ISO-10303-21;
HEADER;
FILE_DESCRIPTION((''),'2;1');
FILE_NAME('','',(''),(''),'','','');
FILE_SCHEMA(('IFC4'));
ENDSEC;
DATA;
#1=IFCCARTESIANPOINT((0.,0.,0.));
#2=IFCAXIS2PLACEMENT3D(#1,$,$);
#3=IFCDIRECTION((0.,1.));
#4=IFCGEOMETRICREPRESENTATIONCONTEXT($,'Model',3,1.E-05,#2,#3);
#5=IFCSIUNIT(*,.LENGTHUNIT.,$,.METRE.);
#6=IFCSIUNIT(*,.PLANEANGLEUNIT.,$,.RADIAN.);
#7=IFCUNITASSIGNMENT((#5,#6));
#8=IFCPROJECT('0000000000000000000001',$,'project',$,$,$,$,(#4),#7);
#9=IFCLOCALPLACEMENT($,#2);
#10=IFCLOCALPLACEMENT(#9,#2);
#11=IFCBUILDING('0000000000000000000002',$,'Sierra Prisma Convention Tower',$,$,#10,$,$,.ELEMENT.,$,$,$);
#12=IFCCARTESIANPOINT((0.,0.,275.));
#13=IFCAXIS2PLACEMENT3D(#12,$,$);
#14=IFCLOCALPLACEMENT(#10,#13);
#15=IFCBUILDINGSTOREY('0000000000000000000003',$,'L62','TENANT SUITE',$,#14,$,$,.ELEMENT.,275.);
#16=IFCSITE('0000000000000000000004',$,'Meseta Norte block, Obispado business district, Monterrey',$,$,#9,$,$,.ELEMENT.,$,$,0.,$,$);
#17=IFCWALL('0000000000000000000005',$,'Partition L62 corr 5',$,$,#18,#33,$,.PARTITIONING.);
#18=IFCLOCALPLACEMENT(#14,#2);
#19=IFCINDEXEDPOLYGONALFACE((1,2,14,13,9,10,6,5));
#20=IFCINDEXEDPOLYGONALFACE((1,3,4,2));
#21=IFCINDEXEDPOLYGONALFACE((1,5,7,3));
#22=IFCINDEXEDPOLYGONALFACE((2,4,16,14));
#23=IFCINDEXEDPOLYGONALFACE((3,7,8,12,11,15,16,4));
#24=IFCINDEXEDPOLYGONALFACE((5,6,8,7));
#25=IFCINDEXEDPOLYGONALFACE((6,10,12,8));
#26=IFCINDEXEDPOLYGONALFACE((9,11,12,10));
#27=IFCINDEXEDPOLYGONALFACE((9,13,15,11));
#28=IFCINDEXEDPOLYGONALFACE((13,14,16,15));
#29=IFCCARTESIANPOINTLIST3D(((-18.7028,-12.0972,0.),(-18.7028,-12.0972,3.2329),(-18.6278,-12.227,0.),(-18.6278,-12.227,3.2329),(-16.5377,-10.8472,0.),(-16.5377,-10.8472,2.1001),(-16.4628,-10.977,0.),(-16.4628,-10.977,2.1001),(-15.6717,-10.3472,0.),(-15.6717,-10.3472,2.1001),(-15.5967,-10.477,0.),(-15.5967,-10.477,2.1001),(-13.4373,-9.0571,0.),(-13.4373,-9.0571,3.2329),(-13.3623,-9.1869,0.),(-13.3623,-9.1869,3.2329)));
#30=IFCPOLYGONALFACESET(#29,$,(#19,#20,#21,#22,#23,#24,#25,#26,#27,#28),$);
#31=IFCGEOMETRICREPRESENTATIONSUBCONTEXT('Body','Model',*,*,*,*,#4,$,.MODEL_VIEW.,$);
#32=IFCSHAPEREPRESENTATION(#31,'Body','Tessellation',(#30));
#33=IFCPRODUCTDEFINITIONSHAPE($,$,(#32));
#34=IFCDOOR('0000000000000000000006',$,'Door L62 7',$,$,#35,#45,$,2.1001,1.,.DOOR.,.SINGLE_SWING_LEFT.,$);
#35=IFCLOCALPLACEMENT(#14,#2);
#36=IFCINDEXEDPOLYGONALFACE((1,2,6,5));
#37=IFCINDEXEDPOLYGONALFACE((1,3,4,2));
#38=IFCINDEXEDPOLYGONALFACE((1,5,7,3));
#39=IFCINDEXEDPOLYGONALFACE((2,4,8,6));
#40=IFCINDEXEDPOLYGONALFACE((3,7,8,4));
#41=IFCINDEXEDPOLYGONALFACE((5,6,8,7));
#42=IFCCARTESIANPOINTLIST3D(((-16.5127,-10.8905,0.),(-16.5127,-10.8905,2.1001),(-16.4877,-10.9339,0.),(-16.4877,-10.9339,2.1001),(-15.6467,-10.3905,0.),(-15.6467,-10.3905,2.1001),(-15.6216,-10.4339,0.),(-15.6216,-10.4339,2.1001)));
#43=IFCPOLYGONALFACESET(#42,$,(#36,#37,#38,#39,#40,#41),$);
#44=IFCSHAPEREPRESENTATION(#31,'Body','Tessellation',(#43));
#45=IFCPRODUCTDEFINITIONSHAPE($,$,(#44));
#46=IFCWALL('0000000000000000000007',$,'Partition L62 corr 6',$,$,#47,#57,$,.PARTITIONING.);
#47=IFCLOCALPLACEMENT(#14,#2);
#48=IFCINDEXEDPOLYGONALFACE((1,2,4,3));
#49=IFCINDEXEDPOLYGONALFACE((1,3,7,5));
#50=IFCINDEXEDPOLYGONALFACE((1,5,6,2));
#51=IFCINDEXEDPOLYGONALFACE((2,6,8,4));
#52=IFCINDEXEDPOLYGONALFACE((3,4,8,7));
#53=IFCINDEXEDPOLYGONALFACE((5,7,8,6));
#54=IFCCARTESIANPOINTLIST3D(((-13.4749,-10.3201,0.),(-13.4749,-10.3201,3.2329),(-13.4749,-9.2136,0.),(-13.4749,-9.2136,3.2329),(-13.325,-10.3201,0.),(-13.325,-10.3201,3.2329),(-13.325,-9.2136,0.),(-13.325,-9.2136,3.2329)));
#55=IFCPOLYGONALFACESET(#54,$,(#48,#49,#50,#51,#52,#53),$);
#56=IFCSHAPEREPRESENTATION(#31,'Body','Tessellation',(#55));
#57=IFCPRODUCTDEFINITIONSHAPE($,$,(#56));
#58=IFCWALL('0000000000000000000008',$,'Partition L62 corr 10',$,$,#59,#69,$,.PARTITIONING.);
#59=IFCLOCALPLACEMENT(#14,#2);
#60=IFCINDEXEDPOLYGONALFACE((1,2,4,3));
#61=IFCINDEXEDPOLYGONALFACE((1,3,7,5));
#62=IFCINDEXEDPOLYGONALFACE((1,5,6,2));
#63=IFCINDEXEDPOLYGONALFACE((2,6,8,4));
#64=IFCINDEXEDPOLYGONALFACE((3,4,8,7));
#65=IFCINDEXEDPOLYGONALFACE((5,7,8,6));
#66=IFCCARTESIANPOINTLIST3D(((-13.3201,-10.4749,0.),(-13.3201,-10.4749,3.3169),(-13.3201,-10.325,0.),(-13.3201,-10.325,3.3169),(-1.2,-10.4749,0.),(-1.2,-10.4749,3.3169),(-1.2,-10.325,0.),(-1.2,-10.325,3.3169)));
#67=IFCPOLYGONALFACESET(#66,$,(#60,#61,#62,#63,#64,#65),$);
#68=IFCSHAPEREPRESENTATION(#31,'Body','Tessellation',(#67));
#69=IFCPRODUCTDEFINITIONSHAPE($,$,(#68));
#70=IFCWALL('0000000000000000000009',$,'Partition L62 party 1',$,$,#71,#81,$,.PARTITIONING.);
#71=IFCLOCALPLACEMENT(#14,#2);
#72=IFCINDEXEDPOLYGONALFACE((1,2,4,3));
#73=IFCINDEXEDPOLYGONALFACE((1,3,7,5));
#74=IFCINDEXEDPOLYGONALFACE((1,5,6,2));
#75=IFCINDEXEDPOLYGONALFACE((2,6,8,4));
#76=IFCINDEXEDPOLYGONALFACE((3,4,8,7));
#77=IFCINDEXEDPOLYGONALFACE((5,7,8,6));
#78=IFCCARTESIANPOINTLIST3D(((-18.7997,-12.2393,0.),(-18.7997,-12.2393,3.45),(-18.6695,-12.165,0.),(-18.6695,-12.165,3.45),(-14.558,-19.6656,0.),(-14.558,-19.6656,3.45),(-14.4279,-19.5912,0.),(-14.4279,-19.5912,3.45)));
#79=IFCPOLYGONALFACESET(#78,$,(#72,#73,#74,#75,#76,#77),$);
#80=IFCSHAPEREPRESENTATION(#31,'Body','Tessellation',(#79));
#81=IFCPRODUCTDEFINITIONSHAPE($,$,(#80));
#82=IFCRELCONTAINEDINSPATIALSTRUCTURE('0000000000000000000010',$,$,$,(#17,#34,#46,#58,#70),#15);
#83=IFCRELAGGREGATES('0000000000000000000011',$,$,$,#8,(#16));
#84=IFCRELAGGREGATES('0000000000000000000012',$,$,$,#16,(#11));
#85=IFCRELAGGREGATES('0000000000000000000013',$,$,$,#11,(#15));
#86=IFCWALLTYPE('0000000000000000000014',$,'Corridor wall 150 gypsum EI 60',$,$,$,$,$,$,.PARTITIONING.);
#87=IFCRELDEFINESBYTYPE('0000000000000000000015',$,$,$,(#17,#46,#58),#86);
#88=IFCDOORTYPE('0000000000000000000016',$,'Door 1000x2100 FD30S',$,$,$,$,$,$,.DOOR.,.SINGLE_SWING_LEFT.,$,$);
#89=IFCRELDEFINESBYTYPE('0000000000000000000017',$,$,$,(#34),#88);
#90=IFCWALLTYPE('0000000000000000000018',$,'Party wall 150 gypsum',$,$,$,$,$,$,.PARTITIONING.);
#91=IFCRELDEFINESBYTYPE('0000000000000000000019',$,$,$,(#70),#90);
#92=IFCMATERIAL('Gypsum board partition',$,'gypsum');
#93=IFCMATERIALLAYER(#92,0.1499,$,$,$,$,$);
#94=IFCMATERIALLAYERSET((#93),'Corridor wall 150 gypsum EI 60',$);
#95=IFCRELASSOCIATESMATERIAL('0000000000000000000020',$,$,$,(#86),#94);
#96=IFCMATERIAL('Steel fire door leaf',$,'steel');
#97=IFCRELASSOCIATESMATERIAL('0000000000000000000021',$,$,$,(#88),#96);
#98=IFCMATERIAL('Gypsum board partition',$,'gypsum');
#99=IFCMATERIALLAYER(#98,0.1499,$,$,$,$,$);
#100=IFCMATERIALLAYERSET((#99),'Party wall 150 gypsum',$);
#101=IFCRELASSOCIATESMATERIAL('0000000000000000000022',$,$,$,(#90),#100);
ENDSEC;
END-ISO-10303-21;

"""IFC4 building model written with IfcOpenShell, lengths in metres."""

from ifc_helpers import new_model, si_unit, direction, frame, frame_2d, origin, place, context, subcontext, project, spatial, rectangle, extrude, material, layer, layer_set, type_object, element, fill, save


model = new_model("IFC4")

# Units and contexts
model_context = context("Model", 3, precision=1e-05, world=origin(), true_north=direction((0.0, 1.0)))
body_context = subcontext(model_context, "Body", "Model", "MODEL_VIEW")
ifc_project = project(units=[si_unit("LENGTHUNIT", "METRE"), si_unit("PLANEANGLEUNIT", "RADIAN")], contexts=[model_context])

# Site, building, storey
site_placement = place(None, origin())
site = spatial("IfcSite", under=ifc_project, at=site_placement, Name="Meseta Norte block, Obispado business district, Monterrey", CompositionType="ELEMENT", RefElevation=0.0)
building_placement = place(site_placement, origin())
building = spatial("IfcBuilding", under=site, at=building_placement, Name="Sierra Prisma Convention Tower", CompositionType="ELEMENT")
storey_placement = place(building_placement, frame((0.0, 0.0, 275.0)))
storey = spatial("IfcBuildingStorey", under=building, at=storey_placement, Name="L62", Description="TENANT SUITE", CompositionType="ELEMENT", Elevation=275.0)

# Shared definitions
ifc_material_1 = material(Name="Gypsum board partition", Category="gypsum")
ifc_layer_1 = layer(ifc_material_1, 0.1499)
ifc_layer_set_1 = layer_set([ifc_layer_1], Name="Corridor wall 150 gypsum EI 60")
wall_type_1 = type_object("IfcWallType", Name="Corridor wall 150 gypsum EI 60", PredefinedType="PARTITIONING", material=ifc_layer_set_1)

# Wall, opening, door
wall_1_placement = place(storey_placement, frame((-18.6653, -12.1621, 0.0), z_axis=(0.0, 0.0, 1.0), x_axis=(0.86602, 0.500009, 0.0)))
wall_1 = element("IfcWall", 1, at=wall_1_placement, inside=storey, type_object=wall_type_1, Name="Partition L62 corr 5", PredefinedType="PARTITIONING", context=body_context, shape_type="SweptSolid", body=[
    extrude(rectangle(XDim=6.0801, YDim=0.1499, at=frame_2d((3.04, 0.0))), origin(), (0.0, 0.0, 1.0), 3.2329),
])
opening_placement = place(wall_1_placement, frame((2.5, 0.0, 0.0)))
opening = element("IfcOpeningElement", 2, at=opening_placement, cuts=wall_1, PredefinedType="OPENING", context=body_context, shape_type="SweptSolid", body=[
    extrude(rectangle(XDim=1.0, YDim=2.1001, at=frame_2d((0.5, 1.05))), frame((0.0, 0.075, 0.0), z_axis=(0.0, -1.0, 0.0), x_axis=(1.0, 0.0, 0.0)), (0.0, 0.0, 1.0), 0.1499),
])
ifc_material_2 = material(Name="Steel fire door leaf", Category="steel")
door_type = type_object("IfcDoorType", Name="Door 1000x2100 FD30S", OperationType="SINGLE_SWING_LEFT", PredefinedType="DOOR", material=ifc_material_2)
door_placement = place(opening_placement, origin())
door = element("IfcDoor", 3, at=door_placement, inside=storey, type_object=door_type, Name="Door L62 7", OperationType="SINGLE_SWING_LEFT", OverallHeight=2.1001, OverallWidth=1.0, PredefinedType="DOOR", context=body_context, shape_type="SweptSolid", body=[
    extrude(rectangle(XDim=1.0, YDim=2.1001, at=frame_2d((0.5, 1.05))), frame((0.0, 0.0249, 0.0), z_axis=(0.0, -1.0, 0.0), x_axis=(1.0, 0.0, 0.0)), (0.0, 0.0, 1.0), 0.05),
])
fill(opening, door)

# Walls
wall_2_placement = place(storey_placement, frame((-13.3999, -9.2136, 0.0), z_axis=(0.0, 0.0, 1.0), x_axis=(0.0, -1.0, 0.0)))
element("IfcWall", 4, at=wall_2_placement, inside=storey, type_object=wall_type_1, Name="Partition L62 corr 6", PredefinedType="PARTITIONING", context=body_context, shape_type="SweptSolid", body=[
    extrude(rectangle(XDim=1.1064, YDim=0.1499, at=frame_2d((0.5532, 0.0))), origin(), (0.0, 0.0, 1.0), 3.2329),
])
wall_3_placement = place(storey_placement, frame((-13.3201, -10.3999, 0.0), z_axis=(0.0, 0.0, 1.0), x_axis=(1.0, 0.0, 0.0)))
element("IfcWall", 5, at=wall_3_placement, inside=storey, type_object=wall_type_1, Name="Partition L62 corr 10", PredefinedType="PARTITIONING", context=body_context, shape_type="SweptSolid", body=[
    extrude(rectangle(XDim=12.1201, YDim=0.1499, at=frame_2d((6.0601, 0.0))), origin(), (0.0, 0.0, 1.0), 3.3169),
])
ifc_material_3 = material(Name="Gypsum board partition", Category="gypsum")
ifc_layer_2 = layer(ifc_material_3, 0.1499)
ifc_layer_set_2 = layer_set([ifc_layer_2], Name="Party wall 150 gypsum")
wall_type_2 = type_object("IfcWallType", Name="Party wall 150 gypsum", PredefinedType="PARTITIONING", material=ifc_layer_set_2)
wall_4_placement = place(storey_placement, frame((-18.7346, -12.2021, 0.0), z_axis=(0.0, 0.0, 1.0), x_axis=(0.495973, -0.868338, 0.0)))
element("IfcWall", 6, at=wall_4_placement, inside=storey, type_object=wall_type_2, Name="Partition L62 party 1", PredefinedType="PARTITIONING", context=body_context, shape_type="SweptSolid", body=[
    extrude(rectangle(XDim=8.5522, YDim=0.1499, at=frame_2d((4.2761, 0.0))), origin(), (0.0, 0.0, 1.0), 3.45),
])

save(model, "model.ifc")
